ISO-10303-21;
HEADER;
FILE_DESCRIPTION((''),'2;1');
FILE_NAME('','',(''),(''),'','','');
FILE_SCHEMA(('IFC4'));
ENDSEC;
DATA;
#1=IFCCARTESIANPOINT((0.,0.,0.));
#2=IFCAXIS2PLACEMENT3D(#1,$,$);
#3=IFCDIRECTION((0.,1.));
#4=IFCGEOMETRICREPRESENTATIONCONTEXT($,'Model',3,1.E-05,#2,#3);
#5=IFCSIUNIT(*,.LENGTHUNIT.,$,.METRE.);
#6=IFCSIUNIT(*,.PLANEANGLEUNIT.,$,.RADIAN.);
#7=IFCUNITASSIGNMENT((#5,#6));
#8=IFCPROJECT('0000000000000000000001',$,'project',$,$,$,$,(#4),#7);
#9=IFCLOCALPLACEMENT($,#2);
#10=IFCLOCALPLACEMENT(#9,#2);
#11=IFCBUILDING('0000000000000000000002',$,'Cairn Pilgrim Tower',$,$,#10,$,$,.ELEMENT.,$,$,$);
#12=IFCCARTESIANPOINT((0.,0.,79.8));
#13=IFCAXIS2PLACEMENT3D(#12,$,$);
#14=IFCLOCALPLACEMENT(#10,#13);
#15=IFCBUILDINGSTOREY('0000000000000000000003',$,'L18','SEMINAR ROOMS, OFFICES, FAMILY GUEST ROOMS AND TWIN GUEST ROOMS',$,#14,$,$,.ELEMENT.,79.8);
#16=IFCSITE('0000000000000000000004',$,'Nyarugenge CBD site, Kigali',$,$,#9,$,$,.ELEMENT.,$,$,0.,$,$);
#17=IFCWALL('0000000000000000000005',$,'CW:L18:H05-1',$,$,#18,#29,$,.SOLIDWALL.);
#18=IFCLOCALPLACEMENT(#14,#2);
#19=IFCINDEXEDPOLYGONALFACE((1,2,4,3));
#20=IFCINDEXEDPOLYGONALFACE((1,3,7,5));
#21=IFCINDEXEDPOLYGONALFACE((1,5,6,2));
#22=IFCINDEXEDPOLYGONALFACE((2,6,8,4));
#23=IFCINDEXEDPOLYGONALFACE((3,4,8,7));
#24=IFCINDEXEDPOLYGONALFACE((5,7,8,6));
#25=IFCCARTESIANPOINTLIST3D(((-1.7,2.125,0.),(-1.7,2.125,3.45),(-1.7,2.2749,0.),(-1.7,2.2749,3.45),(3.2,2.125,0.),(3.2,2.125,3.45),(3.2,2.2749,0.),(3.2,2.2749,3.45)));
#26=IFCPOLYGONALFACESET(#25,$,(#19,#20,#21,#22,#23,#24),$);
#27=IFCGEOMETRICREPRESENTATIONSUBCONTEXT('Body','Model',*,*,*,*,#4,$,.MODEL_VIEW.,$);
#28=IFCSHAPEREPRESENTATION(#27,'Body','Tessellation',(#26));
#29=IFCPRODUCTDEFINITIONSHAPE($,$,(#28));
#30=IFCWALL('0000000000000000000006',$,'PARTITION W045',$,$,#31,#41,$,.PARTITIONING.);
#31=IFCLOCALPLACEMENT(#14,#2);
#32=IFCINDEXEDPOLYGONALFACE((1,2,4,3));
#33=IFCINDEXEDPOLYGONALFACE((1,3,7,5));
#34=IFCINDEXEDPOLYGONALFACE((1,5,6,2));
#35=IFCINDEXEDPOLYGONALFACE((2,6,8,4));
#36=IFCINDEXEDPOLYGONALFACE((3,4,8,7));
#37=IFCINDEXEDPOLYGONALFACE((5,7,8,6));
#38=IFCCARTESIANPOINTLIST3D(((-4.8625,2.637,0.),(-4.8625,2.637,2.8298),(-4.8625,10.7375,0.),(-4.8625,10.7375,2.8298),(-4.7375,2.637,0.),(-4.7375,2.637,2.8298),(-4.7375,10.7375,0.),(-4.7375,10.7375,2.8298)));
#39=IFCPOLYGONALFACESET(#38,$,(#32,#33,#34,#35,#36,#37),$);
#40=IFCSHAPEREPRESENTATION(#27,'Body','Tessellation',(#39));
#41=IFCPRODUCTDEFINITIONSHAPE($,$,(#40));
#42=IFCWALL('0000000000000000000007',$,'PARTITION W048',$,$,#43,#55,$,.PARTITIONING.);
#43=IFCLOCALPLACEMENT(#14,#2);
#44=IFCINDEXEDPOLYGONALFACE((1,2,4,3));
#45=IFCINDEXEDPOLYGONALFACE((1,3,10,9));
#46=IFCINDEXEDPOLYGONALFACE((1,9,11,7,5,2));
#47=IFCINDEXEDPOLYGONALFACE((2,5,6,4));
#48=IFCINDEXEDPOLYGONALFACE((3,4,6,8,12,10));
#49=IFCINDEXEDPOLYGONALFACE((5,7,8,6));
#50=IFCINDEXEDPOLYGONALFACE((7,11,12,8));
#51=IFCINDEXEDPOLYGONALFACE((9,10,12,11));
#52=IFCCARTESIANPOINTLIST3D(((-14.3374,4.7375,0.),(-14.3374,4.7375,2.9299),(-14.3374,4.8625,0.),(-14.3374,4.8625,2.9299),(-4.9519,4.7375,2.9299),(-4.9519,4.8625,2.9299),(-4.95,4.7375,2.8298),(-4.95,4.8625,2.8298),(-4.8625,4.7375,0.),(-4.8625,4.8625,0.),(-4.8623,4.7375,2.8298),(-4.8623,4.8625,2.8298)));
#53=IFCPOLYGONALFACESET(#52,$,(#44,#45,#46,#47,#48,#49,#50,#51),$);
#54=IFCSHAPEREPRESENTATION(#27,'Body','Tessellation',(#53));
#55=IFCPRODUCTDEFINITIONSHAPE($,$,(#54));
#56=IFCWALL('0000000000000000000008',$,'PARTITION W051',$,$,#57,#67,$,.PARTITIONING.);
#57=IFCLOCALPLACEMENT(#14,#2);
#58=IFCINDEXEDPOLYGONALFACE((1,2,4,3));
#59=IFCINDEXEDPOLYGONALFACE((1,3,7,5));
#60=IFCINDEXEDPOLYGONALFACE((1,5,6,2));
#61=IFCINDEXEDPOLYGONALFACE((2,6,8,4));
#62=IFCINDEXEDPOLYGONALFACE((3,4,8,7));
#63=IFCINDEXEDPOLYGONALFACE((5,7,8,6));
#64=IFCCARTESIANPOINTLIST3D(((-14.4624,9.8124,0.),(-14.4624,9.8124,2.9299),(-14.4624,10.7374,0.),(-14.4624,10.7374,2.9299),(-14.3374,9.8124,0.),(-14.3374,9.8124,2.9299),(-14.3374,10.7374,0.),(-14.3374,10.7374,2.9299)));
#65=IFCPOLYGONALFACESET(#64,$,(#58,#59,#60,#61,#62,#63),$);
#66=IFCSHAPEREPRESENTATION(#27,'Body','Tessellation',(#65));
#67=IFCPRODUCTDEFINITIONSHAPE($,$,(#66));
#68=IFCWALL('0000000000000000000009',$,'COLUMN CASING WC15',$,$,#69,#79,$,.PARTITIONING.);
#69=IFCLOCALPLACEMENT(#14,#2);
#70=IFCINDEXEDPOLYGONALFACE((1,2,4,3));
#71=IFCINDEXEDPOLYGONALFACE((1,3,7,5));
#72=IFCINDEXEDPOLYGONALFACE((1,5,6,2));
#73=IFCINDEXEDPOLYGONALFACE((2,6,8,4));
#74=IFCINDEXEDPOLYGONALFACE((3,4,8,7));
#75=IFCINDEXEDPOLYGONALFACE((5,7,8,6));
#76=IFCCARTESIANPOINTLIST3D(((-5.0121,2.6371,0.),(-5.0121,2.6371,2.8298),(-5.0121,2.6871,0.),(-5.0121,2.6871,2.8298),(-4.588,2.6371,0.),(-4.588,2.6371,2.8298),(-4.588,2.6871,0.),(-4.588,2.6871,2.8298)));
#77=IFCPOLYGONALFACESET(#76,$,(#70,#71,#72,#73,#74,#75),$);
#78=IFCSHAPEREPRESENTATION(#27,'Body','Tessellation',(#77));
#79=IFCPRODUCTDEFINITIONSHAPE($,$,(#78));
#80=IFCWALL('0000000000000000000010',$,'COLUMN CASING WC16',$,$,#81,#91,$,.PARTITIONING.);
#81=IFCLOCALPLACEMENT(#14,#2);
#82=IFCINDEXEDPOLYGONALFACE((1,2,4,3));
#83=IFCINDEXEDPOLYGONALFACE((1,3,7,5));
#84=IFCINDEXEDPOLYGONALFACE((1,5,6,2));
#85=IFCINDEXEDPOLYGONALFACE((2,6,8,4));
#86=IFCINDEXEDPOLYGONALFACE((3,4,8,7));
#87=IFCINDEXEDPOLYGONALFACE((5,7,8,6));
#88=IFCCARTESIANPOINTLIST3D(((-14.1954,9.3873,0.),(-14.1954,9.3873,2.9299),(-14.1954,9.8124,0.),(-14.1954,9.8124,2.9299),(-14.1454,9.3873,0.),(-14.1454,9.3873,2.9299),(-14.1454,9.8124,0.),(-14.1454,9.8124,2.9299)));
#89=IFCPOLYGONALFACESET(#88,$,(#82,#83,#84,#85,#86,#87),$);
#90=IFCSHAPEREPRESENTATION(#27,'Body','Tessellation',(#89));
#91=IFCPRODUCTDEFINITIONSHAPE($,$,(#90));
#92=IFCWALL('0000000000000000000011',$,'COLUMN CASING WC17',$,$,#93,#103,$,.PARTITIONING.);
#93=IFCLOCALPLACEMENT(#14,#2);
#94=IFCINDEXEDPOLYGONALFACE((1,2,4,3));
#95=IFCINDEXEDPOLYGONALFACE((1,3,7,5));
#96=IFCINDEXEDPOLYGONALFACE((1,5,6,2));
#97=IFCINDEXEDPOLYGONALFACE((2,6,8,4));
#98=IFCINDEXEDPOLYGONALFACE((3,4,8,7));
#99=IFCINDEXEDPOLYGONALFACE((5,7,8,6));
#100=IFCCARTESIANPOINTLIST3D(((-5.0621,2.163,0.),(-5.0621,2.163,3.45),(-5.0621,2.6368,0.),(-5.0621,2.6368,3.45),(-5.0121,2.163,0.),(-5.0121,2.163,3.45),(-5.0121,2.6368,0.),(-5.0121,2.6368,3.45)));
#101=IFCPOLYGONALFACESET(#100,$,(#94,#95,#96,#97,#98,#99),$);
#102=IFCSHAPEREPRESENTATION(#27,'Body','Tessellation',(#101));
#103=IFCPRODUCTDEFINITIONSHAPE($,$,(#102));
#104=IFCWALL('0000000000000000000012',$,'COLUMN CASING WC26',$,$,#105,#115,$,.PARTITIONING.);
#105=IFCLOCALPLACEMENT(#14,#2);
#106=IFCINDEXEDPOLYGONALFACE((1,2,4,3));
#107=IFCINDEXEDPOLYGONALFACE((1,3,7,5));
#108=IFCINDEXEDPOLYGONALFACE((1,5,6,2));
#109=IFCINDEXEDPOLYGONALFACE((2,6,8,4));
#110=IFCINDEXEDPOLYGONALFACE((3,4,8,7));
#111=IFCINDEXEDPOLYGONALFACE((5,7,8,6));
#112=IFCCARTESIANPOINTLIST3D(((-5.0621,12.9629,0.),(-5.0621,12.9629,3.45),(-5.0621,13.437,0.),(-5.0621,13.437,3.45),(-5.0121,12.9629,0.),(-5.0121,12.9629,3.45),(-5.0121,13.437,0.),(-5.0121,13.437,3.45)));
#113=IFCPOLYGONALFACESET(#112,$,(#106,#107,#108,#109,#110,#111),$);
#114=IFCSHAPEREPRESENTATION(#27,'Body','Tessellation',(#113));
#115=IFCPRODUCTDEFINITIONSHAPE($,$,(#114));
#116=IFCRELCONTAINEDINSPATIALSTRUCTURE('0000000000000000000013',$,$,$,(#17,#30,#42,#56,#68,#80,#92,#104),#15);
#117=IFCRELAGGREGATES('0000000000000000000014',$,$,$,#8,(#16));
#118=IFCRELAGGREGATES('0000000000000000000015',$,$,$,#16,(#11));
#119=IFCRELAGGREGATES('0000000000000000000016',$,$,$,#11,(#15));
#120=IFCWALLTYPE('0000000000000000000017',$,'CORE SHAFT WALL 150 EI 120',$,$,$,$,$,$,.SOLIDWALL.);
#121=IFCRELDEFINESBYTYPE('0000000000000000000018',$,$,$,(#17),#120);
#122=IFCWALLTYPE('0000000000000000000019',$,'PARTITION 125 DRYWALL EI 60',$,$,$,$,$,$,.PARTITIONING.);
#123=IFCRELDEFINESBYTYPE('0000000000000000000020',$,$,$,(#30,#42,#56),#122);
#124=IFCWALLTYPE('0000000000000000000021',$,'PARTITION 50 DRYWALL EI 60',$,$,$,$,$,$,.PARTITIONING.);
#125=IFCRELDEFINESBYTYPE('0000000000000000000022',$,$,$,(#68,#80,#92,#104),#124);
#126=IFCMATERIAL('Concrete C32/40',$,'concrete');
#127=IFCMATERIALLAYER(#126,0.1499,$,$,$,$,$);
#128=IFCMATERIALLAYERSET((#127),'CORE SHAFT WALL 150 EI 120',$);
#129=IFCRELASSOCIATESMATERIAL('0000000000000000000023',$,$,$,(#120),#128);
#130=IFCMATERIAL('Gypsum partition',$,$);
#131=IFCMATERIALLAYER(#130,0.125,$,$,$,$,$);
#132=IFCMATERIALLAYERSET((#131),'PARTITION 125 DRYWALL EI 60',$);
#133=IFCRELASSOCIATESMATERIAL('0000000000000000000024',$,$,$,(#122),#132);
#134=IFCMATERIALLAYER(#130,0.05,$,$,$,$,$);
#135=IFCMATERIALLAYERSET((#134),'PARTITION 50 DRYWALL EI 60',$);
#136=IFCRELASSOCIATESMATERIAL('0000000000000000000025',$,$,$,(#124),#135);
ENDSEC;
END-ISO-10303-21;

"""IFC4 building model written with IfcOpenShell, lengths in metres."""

from ifc_helpers import new_model, si_unit, direction, frame, frame_2d, origin, place, context, subcontext, project, spatial, polyline, rectangle, outline, extrude, material, layer, layer_set, type_object, element, save


model = new_model("IFC4")

# Units and contexts
model_context = context("Model", 3, precision=1e-05, world=origin(), true_north=direction((0.0, 1.0)))
body_context = subcontext(model_context, "Body", "Model", "MODEL_VIEW")
ifc_project = project(units=[si_unit("LENGTHUNIT", "METRE"), si_unit("PLANEANGLEUNIT", "RADIAN")], contexts=[model_context])

# Site, building, storey
site_placement = place(None, origin())
site = spatial("IfcSite", under=ifc_project, at=site_placement, Name="Nyarugenge CBD site, Kigali", CompositionType="ELEMENT", RefElevation=0.0)
building_placement = place(site_placement, origin())
building = spatial("IfcBuilding", under=site, at=building_placement, Name="Cairn Pilgrim Tower", CompositionType="ELEMENT")
storey_placement = place(building_placement, frame((0.0, 0.0, 79.8)))
storey = spatial("IfcBuildingStorey", under=building, at=storey_placement, Name="L18", Description="SEMINAR ROOMS, OFFICES, FAMILY GUEST ROOMS AND TWIN GUEST ROOMS", CompositionType="ELEMENT", Elevation=79.8)

# Shared definitions
ifc_material_1 = material(Name="Concrete C32/40", Category="concrete")

# Walls
ifc_layer_1 = layer(ifc_material_1, 0.1499)
ifc_layer_set_1 = layer_set([ifc_layer_1], Name="CORE SHAFT WALL 150 EI 120")
wall_type_1 = type_object("IfcWallType", Name="CORE SHAFT WALL 150 EI 120", PredefinedType="SOLIDWALL", material=ifc_layer_set_1)
wall_1_placement = place(storey_placement, frame((-1.7, 2.2, 0.0), z_axis=(0.0, 0.0, 1.0), x_axis=(1.0, 0.0, 0.0)))
element("IfcWall", 1, at=wall_1_placement, inside=storey, type_object=wall_type_1, Name="CW:L18:H05-1", PredefinedType="SOLIDWALL", context=body_context, shape_type="SweptSolid", body=[
    extrude(rectangle(XDim=4.8999, YDim=0.1499, at=frame_2d((2.45, 0.0))), origin(), (0.0, 0.0, 1.0), 3.45),
])
ifc_material_2 = material(Name="Gypsum partition")
ifc_layer_2 = layer(ifc_material_2, 0.125)
ifc_layer_set_2 = layer_set([ifc_layer_2], Name="PARTITION 125 DRYWALL EI 60")
wall_type_2 = type_object("IfcWallType", Name="PARTITION 125 DRYWALL EI 60", PredefinedType="PARTITIONING", material=ifc_layer_set_2)
wall_2_placement = place(storey_placement, frame((-4.8, 2.637, 0.0), z_axis=(0.0, 0.0, 1.0), x_axis=(0.0, 1.0, 0.0)))
element("IfcWall", 2, at=wall_2_placement, inside=storey, type_object=wall_type_2, Name="PARTITION W045", PredefinedType="PARTITIONING", context=body_context, shape_type="SweptSolid", body=[
    extrude(rectangle(XDim=8.1006, YDim=0.125, at=frame_2d((4.0503, 0.0))), origin(), (0.0, 0.0, 1.0), 2.8298),
])
wall_3_placement = place(storey_placement, frame((-14.3374, 4.8, 0.0), z_axis=(0.0, 0.0, 1.0), x_axis=(1.0, 0.0, 0.0)))
element("IfcWall", 3, at=wall_3_placement, inside=storey, type_object=wall_type_2, Name="PARTITION W048", PredefinedType="PARTITIONING", context=body_context, shape_type="SweptSolid", body=[
    extrude(outline(polyline([(0.0, 0.0), (9.4749, 0.0), (9.4751, 2.8298), (9.3875, 2.8298), (9.3855, 2.9299), (0.0, 2.9299), (0.0, 0.0)])), frame((0.0, 0.0625, 0.0), z_axis=(0.0, -1.0, 0.0), x_axis=(1.0, 0.0, 0.0)), (0.0, 0.0, 1.0), 0.125),
])
wall_4_placement = place(storey_placement, frame((-14.3999, 9.8125, 0.0), z_axis=(0.0, 0.0, 1.0), x_axis=(0.0, 1.0, 0.0)))
element("IfcWall", 4, at=wall_4_placement, inside=storey, type_object=wall_type_2, Name="PARTITION W051", PredefinedType="PARTITIONING", context=body_context, shape_type="SweptSolid", body=[
    extrude(rectangle(XDim=0.925, YDim=0.125, at=frame_2d((0.4624, 0.0))), origin(), (0.0, 0.0, 1.0), 2.9299),
])
ifc_layer_3 = layer(ifc_material_2, 0.05)
ifc_layer_set_3 = layer_set([ifc_layer_3], Name="PARTITION 50 DRYWALL EI 60")
wall_type_3 = type_object("IfcWallType", Name="PARTITION 50 DRYWALL EI 60", PredefinedType="PARTITIONING", material=ifc_layer_set_3)
wall_5_placement = place(storey_placement, frame((-5.012, 2.6621, 0.0), z_axis=(0.0, 0.0, 1.0), x_axis=(1.0, 0.0, 0.0)))
element("IfcWall", 5, at=wall_5_placement, inside=storey, type_object=wall_type_3, Name="COLUMN CASING WC15", PredefinedType="PARTITIONING", context=body_context, shape_type="SweptSolid", body=[
    extrude(rectangle(XDim=0.4241, YDim=0.05, at=frame_2d((0.2119, 0.0))), origin(), (0.0, 0.0, 1.0), 2.8298),
])
wall_6_placement = place(storey_placement, frame((-14.1704, 9.3875, 0.0), z_axis=(0.0, 0.0, 1.0), x_axis=(0.0, 1.0, 0.0)))
element("IfcWall", 6, at=wall_6_placement, inside=storey, type_object=wall_type_3, Name="COLUMN CASING WC16", PredefinedType="PARTITIONING", context=body_context, shape_type="SweptSolid", body=[
    extrude(rectangle(XDim=0.425, YDim=0.05, at=frame_2d((0.2124, 0.0))), origin(), (0.0, 0.0, 1.0), 2.9299),
])
wall_7_placement = place(storey_placement, frame((-5.0371, 2.1631, 0.0), z_axis=(0.0, 0.0, 1.0), x_axis=(0.0, 1.0, 0.0)))
element("IfcWall", 7, at=wall_7_placement, inside=storey, type_object=wall_type_3, Name="COLUMN CASING WC17", PredefinedType="PARTITIONING", context=body_context, shape_type="SweptSolid", body=[
    extrude(rectangle(XDim=0.4739, YDim=0.05, at=frame_2d((0.2368, 0.0))), origin(), (0.0, 0.0, 1.0), 3.45),
])
wall_8_placement = place(storey_placement, frame((-5.0371, 12.9629, 0.0), z_axis=(0.0, 0.0, 1.0), x_axis=(0.0, 1.0, 0.0)))
element("IfcWall", 8, at=wall_8_placement, inside=storey, type_object=wall_type_3, Name="COLUMN CASING WC26", PredefinedType="PARTITIONING", context=body_context, shape_type="SweptSolid", body=[
    extrude(rectangle(XDim=0.4741, YDim=0.05, at=frame_2d((0.2371, 0.0))), origin(), (0.0, 0.0, 1.0), 3.45),
])

save(model, "model.ifc")
